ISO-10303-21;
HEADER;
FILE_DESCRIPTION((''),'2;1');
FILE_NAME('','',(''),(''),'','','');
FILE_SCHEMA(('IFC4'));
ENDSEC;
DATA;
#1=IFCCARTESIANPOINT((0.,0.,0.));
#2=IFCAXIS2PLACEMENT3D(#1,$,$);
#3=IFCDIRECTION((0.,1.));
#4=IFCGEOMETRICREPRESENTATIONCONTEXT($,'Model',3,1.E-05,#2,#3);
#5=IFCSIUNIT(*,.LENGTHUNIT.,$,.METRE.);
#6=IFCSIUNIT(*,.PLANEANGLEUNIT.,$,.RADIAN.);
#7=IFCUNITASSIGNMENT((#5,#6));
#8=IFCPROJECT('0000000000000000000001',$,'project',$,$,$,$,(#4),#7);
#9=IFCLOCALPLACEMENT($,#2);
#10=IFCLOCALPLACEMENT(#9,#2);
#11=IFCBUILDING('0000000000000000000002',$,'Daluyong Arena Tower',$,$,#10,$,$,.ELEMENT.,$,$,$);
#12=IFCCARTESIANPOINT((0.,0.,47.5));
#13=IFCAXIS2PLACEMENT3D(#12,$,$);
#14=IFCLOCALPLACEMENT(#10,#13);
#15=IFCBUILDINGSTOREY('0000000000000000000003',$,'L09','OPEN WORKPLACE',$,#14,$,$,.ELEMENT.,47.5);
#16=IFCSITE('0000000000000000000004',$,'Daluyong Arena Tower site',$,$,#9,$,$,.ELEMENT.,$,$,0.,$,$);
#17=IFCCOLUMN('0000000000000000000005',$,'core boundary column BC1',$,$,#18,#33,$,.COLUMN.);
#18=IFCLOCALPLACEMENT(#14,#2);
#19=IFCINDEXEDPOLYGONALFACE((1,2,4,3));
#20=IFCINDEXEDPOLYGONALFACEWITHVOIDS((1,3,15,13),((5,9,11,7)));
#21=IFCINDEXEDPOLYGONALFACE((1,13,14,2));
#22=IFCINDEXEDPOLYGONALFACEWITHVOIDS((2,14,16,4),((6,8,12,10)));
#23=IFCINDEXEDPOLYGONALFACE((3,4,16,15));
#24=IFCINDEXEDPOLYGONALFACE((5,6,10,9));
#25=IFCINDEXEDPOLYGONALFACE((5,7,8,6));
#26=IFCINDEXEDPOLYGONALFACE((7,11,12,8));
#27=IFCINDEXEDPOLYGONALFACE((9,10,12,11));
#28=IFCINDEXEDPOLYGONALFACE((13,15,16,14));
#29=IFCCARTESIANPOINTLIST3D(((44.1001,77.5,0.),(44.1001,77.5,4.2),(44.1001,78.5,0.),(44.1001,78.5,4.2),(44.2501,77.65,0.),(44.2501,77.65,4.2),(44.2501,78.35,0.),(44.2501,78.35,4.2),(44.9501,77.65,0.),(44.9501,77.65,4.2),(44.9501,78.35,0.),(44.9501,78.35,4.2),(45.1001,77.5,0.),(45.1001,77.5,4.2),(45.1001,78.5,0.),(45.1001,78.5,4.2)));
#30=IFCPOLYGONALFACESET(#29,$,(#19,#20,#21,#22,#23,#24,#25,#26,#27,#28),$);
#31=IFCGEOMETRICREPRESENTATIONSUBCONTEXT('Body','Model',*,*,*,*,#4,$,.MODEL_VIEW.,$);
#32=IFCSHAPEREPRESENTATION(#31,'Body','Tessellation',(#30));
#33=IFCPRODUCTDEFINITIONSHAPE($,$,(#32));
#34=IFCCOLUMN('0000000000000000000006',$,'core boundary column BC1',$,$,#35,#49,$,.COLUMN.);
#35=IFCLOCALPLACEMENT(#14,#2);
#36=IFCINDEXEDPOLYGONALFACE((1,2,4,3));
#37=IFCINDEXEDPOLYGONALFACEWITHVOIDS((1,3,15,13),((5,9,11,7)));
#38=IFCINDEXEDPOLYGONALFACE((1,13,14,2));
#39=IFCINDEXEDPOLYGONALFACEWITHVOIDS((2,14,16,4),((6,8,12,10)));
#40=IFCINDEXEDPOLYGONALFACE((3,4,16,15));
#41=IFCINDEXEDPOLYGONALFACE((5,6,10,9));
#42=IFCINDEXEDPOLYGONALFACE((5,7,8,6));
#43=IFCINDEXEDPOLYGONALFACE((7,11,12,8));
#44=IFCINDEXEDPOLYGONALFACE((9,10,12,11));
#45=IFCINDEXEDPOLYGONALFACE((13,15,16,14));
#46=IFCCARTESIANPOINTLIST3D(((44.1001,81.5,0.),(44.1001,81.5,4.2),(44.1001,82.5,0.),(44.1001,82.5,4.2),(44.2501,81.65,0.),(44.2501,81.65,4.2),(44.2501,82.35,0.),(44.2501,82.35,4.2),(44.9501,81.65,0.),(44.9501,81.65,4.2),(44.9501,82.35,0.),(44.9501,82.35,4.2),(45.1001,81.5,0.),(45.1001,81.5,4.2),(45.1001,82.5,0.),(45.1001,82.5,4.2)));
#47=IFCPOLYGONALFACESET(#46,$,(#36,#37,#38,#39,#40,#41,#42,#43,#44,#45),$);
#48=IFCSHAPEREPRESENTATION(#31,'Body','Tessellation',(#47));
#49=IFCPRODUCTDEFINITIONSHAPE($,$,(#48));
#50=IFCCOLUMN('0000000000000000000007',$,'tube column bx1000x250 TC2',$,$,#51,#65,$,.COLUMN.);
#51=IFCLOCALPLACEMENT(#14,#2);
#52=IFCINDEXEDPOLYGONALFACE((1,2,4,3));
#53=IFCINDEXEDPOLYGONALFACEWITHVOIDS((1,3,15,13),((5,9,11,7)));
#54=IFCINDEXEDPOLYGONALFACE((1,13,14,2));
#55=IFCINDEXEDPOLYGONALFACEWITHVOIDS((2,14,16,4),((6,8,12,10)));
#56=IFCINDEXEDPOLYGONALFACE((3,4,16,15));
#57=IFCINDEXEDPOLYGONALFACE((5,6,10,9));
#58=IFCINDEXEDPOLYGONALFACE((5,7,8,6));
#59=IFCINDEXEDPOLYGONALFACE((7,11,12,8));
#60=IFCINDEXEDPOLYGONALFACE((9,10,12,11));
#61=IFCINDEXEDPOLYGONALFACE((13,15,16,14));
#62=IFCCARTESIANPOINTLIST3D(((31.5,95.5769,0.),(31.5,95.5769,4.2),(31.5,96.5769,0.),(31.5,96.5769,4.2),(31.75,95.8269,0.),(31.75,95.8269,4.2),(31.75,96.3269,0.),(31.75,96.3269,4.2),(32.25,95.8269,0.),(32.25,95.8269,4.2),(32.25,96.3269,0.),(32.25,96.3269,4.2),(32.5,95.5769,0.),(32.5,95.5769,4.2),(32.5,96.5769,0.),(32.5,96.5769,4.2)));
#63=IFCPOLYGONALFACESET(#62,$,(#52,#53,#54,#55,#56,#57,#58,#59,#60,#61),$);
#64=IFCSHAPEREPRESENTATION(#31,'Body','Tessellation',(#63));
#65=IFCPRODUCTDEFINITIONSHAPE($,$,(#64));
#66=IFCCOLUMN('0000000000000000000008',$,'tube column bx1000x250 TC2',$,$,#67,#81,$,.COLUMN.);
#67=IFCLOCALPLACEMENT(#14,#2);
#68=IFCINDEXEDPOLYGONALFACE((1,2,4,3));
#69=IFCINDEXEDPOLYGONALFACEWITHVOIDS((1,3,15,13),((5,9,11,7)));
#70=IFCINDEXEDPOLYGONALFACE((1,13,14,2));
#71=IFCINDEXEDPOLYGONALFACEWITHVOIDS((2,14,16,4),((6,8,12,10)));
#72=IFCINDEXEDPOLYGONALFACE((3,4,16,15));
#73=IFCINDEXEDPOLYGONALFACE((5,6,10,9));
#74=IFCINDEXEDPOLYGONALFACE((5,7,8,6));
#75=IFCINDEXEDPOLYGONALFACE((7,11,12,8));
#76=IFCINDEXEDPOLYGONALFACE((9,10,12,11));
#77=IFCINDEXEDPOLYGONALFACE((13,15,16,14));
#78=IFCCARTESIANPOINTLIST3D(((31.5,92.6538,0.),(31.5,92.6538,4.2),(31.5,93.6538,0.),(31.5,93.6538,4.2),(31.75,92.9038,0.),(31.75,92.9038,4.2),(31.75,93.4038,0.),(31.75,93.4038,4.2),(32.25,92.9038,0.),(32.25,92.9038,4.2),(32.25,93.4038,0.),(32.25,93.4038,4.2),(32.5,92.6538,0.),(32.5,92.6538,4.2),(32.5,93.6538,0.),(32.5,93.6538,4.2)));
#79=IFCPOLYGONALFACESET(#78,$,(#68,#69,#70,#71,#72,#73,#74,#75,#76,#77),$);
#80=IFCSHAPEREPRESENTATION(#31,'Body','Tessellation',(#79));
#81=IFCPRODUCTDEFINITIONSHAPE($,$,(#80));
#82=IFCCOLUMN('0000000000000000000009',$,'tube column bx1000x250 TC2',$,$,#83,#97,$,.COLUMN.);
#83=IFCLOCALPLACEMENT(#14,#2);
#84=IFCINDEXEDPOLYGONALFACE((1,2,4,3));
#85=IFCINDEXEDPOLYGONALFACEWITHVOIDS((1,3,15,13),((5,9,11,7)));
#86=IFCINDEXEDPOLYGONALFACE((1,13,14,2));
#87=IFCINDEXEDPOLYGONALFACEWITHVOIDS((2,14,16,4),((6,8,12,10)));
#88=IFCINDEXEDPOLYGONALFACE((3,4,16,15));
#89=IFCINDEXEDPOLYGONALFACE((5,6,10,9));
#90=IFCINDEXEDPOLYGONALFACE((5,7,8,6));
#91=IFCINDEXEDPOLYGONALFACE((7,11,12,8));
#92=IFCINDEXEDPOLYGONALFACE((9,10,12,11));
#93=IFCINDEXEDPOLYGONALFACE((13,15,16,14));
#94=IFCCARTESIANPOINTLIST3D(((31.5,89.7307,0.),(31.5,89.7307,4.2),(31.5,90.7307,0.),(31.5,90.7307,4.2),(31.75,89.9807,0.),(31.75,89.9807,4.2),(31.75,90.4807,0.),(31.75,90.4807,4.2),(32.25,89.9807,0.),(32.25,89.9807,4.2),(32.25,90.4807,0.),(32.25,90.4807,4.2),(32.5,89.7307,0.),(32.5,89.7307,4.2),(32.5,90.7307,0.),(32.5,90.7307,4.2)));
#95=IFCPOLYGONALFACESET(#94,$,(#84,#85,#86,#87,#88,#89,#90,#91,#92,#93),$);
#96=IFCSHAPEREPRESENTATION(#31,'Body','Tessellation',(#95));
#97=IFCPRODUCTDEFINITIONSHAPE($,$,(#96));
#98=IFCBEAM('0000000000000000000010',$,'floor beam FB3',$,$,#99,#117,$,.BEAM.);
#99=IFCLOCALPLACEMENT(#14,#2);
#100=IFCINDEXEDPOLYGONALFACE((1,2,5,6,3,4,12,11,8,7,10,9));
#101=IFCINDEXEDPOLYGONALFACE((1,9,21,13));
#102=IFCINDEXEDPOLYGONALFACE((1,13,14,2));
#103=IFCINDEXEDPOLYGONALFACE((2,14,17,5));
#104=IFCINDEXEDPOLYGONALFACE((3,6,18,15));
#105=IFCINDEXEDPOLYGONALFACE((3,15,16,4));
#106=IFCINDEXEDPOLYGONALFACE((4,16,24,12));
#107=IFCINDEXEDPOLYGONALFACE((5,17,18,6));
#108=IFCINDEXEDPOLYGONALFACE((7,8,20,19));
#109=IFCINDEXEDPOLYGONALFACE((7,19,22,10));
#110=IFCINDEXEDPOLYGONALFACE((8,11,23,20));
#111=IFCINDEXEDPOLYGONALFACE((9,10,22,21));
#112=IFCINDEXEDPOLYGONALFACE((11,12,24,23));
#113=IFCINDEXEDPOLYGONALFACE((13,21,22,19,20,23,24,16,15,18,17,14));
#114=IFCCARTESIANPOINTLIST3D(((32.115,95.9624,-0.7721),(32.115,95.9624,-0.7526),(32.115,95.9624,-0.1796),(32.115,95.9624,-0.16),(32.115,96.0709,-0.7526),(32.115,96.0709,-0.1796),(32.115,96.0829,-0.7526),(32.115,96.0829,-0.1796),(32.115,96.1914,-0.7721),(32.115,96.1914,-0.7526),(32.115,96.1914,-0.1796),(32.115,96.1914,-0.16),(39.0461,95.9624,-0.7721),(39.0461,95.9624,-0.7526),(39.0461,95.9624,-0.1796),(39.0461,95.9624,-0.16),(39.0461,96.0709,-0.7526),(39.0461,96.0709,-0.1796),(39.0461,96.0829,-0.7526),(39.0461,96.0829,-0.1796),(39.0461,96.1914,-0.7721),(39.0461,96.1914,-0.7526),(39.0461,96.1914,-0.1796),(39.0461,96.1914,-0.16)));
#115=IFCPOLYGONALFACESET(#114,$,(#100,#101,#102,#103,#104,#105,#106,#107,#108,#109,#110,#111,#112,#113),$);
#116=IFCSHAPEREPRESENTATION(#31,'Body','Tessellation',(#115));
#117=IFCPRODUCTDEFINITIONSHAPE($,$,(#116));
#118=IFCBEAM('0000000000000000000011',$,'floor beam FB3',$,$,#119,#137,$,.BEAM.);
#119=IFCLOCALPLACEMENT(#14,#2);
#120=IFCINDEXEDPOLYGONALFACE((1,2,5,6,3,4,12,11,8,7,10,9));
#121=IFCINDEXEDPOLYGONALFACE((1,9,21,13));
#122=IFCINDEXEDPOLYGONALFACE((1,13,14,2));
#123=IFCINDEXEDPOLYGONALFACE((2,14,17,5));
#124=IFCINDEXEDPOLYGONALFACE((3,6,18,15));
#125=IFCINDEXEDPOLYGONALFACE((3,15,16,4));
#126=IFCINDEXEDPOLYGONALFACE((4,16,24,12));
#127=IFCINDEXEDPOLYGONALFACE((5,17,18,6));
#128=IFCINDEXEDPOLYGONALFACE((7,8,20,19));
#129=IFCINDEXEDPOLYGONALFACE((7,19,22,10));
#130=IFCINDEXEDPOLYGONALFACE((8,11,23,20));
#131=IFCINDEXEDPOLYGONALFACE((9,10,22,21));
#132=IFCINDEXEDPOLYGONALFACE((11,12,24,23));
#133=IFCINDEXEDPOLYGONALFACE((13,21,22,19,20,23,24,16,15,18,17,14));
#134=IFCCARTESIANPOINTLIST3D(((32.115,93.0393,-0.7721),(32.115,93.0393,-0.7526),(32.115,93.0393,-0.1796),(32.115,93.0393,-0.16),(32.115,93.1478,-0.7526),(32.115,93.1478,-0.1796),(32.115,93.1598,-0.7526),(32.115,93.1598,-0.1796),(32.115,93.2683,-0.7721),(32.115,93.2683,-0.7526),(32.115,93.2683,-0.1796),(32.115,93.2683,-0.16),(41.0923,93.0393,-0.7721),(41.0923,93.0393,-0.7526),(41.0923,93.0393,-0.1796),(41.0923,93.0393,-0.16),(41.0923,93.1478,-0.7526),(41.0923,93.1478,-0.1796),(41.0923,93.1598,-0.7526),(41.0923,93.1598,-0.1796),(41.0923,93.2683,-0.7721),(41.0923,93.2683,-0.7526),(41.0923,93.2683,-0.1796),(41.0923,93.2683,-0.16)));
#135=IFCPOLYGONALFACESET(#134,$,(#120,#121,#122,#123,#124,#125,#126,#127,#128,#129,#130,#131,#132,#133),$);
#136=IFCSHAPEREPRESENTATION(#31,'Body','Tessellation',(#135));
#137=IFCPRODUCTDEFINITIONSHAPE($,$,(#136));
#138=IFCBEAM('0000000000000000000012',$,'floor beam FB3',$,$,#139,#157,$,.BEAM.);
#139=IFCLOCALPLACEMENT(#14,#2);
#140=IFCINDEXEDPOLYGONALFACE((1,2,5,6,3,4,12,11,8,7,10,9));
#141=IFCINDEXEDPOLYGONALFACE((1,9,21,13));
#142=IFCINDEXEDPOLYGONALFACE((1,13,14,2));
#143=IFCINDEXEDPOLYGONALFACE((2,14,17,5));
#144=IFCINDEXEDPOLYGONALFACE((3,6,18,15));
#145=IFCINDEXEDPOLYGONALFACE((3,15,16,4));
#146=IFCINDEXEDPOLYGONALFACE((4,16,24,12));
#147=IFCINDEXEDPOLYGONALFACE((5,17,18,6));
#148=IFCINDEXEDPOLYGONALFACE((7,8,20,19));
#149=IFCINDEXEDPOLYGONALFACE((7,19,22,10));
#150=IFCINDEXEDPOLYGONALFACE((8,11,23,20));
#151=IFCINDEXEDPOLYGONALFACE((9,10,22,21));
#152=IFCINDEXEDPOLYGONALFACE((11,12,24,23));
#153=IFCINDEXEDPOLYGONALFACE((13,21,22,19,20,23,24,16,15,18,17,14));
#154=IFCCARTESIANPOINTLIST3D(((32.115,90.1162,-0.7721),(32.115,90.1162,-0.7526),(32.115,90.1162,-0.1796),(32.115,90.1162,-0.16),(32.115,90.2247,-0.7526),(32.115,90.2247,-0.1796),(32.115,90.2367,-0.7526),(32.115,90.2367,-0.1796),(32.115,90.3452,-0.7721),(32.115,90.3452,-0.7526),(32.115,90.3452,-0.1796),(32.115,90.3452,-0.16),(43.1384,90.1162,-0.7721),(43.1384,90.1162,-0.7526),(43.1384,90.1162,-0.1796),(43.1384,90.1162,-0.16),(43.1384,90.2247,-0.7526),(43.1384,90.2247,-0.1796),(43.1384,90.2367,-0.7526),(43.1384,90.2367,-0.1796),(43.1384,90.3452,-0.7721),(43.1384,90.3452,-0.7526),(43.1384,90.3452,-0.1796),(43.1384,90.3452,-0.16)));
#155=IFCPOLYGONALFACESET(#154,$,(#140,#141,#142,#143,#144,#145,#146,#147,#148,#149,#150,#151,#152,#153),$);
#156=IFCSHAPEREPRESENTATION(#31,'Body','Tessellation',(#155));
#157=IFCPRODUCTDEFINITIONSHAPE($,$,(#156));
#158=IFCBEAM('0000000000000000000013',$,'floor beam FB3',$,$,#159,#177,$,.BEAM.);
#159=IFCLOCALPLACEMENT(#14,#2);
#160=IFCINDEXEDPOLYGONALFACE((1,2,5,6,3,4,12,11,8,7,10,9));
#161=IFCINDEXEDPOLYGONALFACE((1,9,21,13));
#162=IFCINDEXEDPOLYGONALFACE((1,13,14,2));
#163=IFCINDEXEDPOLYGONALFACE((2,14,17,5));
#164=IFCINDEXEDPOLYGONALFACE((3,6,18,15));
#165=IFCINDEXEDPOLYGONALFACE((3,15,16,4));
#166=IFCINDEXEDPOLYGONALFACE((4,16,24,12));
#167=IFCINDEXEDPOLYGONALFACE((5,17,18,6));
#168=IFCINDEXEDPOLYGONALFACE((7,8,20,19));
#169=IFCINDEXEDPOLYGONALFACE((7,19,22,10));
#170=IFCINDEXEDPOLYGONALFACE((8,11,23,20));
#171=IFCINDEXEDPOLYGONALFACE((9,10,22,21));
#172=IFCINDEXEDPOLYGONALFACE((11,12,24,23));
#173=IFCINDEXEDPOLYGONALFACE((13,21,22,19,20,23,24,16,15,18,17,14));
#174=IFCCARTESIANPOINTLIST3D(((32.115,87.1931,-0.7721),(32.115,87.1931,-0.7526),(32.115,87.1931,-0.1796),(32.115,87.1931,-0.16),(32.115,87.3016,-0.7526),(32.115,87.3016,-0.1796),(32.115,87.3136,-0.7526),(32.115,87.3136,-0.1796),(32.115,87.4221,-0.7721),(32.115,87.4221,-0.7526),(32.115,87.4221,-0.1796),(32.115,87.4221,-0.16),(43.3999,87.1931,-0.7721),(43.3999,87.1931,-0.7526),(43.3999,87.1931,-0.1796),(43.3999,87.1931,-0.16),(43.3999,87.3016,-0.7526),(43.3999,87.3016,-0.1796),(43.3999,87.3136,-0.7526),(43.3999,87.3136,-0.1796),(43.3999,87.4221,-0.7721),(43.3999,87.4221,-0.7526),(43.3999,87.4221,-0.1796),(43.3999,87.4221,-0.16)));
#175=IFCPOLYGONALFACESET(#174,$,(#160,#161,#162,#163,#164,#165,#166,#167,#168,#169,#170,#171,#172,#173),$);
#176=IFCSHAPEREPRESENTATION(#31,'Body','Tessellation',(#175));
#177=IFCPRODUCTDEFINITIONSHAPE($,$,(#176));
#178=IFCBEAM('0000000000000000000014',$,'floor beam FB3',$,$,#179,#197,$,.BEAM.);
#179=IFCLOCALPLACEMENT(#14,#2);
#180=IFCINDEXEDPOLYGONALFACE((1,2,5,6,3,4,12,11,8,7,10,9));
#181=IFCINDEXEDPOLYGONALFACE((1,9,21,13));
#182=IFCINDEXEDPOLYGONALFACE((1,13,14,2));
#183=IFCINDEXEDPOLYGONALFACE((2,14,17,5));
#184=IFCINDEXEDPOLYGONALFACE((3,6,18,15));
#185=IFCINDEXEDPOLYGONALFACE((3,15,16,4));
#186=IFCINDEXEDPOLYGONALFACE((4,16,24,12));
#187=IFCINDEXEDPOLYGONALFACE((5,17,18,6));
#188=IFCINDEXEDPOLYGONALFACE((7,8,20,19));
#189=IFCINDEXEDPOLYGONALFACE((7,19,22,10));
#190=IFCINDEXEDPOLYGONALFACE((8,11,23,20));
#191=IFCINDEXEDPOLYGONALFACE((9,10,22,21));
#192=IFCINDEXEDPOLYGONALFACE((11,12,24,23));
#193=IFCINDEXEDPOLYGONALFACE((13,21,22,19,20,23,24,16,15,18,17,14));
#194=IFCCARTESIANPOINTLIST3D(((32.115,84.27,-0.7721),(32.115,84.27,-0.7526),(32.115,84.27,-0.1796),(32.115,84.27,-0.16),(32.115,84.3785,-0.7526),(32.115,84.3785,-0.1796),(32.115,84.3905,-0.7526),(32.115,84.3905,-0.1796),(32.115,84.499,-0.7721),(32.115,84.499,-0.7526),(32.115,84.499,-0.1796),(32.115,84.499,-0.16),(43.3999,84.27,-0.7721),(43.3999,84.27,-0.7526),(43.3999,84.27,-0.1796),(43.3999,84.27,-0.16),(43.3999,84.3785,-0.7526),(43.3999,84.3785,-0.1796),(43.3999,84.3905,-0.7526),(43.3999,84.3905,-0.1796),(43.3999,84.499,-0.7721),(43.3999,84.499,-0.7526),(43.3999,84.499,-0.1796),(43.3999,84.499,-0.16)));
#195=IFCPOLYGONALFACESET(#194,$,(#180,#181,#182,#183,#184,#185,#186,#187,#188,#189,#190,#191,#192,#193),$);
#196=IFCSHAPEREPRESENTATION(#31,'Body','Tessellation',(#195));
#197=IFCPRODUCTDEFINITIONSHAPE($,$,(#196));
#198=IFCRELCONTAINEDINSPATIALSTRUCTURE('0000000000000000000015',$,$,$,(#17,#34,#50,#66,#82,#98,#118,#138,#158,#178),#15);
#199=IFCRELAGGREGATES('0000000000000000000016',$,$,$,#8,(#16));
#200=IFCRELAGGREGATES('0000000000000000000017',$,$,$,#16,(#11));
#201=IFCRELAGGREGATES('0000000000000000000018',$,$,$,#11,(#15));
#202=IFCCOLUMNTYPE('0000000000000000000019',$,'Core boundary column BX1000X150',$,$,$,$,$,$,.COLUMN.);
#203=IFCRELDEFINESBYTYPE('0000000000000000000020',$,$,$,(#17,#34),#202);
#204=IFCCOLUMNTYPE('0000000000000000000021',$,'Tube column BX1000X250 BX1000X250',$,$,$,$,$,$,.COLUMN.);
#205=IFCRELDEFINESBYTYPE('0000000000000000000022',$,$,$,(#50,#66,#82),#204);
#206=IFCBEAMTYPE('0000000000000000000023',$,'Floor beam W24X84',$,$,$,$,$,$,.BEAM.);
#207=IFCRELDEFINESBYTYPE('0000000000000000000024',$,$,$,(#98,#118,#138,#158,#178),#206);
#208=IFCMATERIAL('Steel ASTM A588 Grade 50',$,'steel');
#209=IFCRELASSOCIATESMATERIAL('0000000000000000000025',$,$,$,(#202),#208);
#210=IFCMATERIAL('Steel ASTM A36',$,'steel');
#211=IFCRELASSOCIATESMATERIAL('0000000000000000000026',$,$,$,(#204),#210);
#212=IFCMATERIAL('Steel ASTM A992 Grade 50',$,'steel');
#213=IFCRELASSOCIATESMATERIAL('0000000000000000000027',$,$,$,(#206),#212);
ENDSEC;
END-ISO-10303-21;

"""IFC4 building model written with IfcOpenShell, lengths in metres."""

from ifc_helpers import new_model, si_unit, direction, frame, origin, origin_2d, place, context, subcontext, project, spatial, hollow_rectangle, i_section, extrude, material, material_profile, profile_set, type_object, element, save


model = new_model("IFC4")

# Units and contexts
model_context = context("Model", 3, precision=1e-05, world=origin(), true_north=direction((0.0, 1.0)))
body_context = subcontext(model_context, "Body", "Model", "MODEL_VIEW")
ifc_project = project(units=[si_unit("LENGTHUNIT", "METRE"), si_unit("PLANEANGLEUNIT", "RADIAN")], contexts=[model_context])

# Site, building, storey
site_placement = place(None, origin())
site = spatial("IfcSite", under=ifc_project, at=site_placement, Name="Daluyong Arena Tower site", CompositionType="ELEMENT", RefElevation=0.0)
building_placement = place(site_placement, origin())
building = spatial("IfcBuilding", under=site, at=building_placement, Name="Daluyong Arena Tower", CompositionType="ELEMENT")
storey_placement = place(building_placement, frame((0.0, 0.0, 47.5)))
storey = spatial("IfcBuildingStorey", under=building, at=storey_placement, Name="L09", Description="OPEN WORKPLACE", CompositionType="ELEMENT", Elevation=47.5)

# Columns
ifc_material_1 = material(Name="Steel ASTM A588 Grade 50", Category="steel")
ifc_material_profile_1 = material_profile(ifc_material_1, hollow_rectangle(XDim=1.0, YDim=1.0, WallThickness=0.15, at=origin_2d()))
ifc_profile_set_1 = profile_set([ifc_material_profile_1], Name="Steel ASTM A588 Grade 50")
column_type_1 = type_object("IfcColumnType", Name="Core boundary column BX1000X150", PredefinedType="COLUMN", material=ifc_profile_set_1)
for number, where, z_axis, x_axis, name in (
    (1, (44.6001, 78.0, 0.0), (0.0, 0.0, 1.0), (1.0, 0.0, 0.0), "core boundary column BC1"),
    (2, (44.6001, 82.0, 0.0), (0.0, 0.0, 1.0), (1.0, 0.0, 0.0), "core boundary column BC1"),
):
    element("IfcColumn", number, at=place(storey_placement, frame(where, z_axis=z_axis, x_axis=x_axis)), inside=storey, type_object=column_type_1, Name=name, PredefinedType="COLUMN", context=body_context, shape_type="SweptSolid", body=[
        extrude(hollow_rectangle(XDim=1.0, YDim=1.0, WallThickness=0.15, at=origin_2d()), origin(), (0.0, 0.0, 1.0), 4.2),
    ])
ifc_material_2 = material(Name="Steel ASTM A36", Category="steel")
ifc_material_profile_2 = material_profile(ifc_material_2, hollow_rectangle(XDim=1.0, YDim=1.0, WallThickness=0.25, at=origin_2d()))
ifc_profile_set_2 = profile_set([ifc_material_profile_2], Name="Steel ASTM A36")
column_type_2 = type_object("IfcColumnType", Name="Tube column BX1000X250 BX1000X250", PredefinedType="COLUMN", material=ifc_profile_set_2)
for number, where, z_axis, x_axis, name in (
    (3, (32.0, 96.0769, 0.0), (0.0, 0.0, 1.0), (0.0, 1.0, 0.0), "tube column bx1000x250 TC2"),
    (4, (32.0, 93.1538, 0.0), (0.0, 0.0, 1.0), (0.0, 1.0, 0.0), "tube column bx1000x250 TC2"),
    (5, (32.0, 90.2307, 0.0), (0.0, 0.0, 1.0), (0.0, 1.0, 0.0), "tube column bx1000x250 TC2"),
):
    element("IfcColumn", number, at=place(storey_placement, frame(where, z_axis=z_axis, x_axis=x_axis)), inside=storey, type_object=column_type_2, Name=name, PredefinedType="COLUMN", context=body_context, shape_type="SweptSolid", body=[
        extrude(hollow_rectangle(XDim=1.0, YDim=1.0, WallThickness=0.25, at=origin_2d()), origin(), (0.0, 0.0, 1.0), 4.2),
    ])

# Beams
ifc_material_3 = material(Name="Steel ASTM A992 Grade 50", Category="steel")
ifc_material_profile_3 = material_profile(ifc_material_3, i_section(OverallWidth=0.229, OverallDepth=0.6121, WebThickness=0.012, FlangeThickness=0.0195, at=origin_2d()))
ifc_profile_set_3 = profile_set([ifc_material_profile_3], Name="Steel ASTM A992 Grade 50")
beam_type_1 = type_object("IfcBeamType", Name="Floor beam W24X84", PredefinedType="BEAM", material=ifc_profile_set_3)
beam_1_placement = place(storey_placement, frame((32.115, 96.0769, -0.4661), z_axis=(1.0, 0.0, 0.0), x_axis=(0.0, 1.0, 0.0)))
element("IfcBeam", 6, at=beam_1_placement, inside=storey, type_object=beam_type_1, Name="floor beam FB3", PredefinedType="BEAM", context=body_context, shape_type="SweptSolid", body=[
    extrude(i_section(OverallWidth=0.229, OverallDepth=0.6121, WebThickness=0.012, FlangeThickness=0.0195, at=origin_2d()), origin(), (0.0, 0.0, 1.0), 6.9312),
])
beam_2_placement = place(storey_placement, frame((32.115, 93.1538, -0.4661), z_axis=(1.0, 0.0, 0.0), x_axis=(0.0, 1.0, 0.0)))
element("IfcBeam", 7, at=beam_2_placement, inside=storey, type_object=beam_type_1, Name="floor beam FB3", PredefinedType="BEAM", context=body_context, shape_type="SweptSolid", body=[
    extrude(i_section(OverallWidth=0.229, OverallDepth=0.6121, WebThickness=0.012, FlangeThickness=0.0195, at=origin_2d()), origin(), (0.0, 0.0, 1.0), 8.9773),
])
beam_3_placement = place(storey_placement, frame((32.115, 90.2307, -0.4661), z_axis=(1.0, 0.0, 0.0), x_axis=(0.0, 1.0, 0.0)))
element("IfcBeam", 8, at=beam_3_placement, inside=storey, type_object=beam_type_1, Name="floor beam FB3", PredefinedType="BEAM", context=body_context, shape_type="SweptSolid", body=[
    extrude(i_section(OverallWidth=0.229, OverallDepth=0.6121, WebThickness=0.012, FlangeThickness=0.0195, at=origin_2d()), origin(), (0.0, 0.0, 1.0), 11.0234),
])
for number, where, z_axis, x_axis, name in (
    (9, (32.115, 87.3076, -0.4661), (1.0, 0.0, 0.0), (0.0, 1.0, 0.0), "floor beam FB3"),
    (10, (32.115, 84.3845, -0.4661), (1.0, 0.0, 0.0), (0.0, 1.0, 0.0), "floor beam FB3"),
):
    element("IfcBeam", number, at=place(storey_placement, frame(where, z_axis=z_axis, x_axis=x_axis)), inside=storey, type_object=beam_type_1, Name=name, PredefinedType="BEAM", context=body_context, shape_type="SweptSolid", body=[
        extrude(i_section(OverallWidth=0.229, OverallDepth=0.6121, WebThickness=0.012, FlangeThickness=0.0195, at=origin_2d()), origin(), (0.0, 0.0, 1.0), 11.2849),
    ])

save(model, "model.ifc")
